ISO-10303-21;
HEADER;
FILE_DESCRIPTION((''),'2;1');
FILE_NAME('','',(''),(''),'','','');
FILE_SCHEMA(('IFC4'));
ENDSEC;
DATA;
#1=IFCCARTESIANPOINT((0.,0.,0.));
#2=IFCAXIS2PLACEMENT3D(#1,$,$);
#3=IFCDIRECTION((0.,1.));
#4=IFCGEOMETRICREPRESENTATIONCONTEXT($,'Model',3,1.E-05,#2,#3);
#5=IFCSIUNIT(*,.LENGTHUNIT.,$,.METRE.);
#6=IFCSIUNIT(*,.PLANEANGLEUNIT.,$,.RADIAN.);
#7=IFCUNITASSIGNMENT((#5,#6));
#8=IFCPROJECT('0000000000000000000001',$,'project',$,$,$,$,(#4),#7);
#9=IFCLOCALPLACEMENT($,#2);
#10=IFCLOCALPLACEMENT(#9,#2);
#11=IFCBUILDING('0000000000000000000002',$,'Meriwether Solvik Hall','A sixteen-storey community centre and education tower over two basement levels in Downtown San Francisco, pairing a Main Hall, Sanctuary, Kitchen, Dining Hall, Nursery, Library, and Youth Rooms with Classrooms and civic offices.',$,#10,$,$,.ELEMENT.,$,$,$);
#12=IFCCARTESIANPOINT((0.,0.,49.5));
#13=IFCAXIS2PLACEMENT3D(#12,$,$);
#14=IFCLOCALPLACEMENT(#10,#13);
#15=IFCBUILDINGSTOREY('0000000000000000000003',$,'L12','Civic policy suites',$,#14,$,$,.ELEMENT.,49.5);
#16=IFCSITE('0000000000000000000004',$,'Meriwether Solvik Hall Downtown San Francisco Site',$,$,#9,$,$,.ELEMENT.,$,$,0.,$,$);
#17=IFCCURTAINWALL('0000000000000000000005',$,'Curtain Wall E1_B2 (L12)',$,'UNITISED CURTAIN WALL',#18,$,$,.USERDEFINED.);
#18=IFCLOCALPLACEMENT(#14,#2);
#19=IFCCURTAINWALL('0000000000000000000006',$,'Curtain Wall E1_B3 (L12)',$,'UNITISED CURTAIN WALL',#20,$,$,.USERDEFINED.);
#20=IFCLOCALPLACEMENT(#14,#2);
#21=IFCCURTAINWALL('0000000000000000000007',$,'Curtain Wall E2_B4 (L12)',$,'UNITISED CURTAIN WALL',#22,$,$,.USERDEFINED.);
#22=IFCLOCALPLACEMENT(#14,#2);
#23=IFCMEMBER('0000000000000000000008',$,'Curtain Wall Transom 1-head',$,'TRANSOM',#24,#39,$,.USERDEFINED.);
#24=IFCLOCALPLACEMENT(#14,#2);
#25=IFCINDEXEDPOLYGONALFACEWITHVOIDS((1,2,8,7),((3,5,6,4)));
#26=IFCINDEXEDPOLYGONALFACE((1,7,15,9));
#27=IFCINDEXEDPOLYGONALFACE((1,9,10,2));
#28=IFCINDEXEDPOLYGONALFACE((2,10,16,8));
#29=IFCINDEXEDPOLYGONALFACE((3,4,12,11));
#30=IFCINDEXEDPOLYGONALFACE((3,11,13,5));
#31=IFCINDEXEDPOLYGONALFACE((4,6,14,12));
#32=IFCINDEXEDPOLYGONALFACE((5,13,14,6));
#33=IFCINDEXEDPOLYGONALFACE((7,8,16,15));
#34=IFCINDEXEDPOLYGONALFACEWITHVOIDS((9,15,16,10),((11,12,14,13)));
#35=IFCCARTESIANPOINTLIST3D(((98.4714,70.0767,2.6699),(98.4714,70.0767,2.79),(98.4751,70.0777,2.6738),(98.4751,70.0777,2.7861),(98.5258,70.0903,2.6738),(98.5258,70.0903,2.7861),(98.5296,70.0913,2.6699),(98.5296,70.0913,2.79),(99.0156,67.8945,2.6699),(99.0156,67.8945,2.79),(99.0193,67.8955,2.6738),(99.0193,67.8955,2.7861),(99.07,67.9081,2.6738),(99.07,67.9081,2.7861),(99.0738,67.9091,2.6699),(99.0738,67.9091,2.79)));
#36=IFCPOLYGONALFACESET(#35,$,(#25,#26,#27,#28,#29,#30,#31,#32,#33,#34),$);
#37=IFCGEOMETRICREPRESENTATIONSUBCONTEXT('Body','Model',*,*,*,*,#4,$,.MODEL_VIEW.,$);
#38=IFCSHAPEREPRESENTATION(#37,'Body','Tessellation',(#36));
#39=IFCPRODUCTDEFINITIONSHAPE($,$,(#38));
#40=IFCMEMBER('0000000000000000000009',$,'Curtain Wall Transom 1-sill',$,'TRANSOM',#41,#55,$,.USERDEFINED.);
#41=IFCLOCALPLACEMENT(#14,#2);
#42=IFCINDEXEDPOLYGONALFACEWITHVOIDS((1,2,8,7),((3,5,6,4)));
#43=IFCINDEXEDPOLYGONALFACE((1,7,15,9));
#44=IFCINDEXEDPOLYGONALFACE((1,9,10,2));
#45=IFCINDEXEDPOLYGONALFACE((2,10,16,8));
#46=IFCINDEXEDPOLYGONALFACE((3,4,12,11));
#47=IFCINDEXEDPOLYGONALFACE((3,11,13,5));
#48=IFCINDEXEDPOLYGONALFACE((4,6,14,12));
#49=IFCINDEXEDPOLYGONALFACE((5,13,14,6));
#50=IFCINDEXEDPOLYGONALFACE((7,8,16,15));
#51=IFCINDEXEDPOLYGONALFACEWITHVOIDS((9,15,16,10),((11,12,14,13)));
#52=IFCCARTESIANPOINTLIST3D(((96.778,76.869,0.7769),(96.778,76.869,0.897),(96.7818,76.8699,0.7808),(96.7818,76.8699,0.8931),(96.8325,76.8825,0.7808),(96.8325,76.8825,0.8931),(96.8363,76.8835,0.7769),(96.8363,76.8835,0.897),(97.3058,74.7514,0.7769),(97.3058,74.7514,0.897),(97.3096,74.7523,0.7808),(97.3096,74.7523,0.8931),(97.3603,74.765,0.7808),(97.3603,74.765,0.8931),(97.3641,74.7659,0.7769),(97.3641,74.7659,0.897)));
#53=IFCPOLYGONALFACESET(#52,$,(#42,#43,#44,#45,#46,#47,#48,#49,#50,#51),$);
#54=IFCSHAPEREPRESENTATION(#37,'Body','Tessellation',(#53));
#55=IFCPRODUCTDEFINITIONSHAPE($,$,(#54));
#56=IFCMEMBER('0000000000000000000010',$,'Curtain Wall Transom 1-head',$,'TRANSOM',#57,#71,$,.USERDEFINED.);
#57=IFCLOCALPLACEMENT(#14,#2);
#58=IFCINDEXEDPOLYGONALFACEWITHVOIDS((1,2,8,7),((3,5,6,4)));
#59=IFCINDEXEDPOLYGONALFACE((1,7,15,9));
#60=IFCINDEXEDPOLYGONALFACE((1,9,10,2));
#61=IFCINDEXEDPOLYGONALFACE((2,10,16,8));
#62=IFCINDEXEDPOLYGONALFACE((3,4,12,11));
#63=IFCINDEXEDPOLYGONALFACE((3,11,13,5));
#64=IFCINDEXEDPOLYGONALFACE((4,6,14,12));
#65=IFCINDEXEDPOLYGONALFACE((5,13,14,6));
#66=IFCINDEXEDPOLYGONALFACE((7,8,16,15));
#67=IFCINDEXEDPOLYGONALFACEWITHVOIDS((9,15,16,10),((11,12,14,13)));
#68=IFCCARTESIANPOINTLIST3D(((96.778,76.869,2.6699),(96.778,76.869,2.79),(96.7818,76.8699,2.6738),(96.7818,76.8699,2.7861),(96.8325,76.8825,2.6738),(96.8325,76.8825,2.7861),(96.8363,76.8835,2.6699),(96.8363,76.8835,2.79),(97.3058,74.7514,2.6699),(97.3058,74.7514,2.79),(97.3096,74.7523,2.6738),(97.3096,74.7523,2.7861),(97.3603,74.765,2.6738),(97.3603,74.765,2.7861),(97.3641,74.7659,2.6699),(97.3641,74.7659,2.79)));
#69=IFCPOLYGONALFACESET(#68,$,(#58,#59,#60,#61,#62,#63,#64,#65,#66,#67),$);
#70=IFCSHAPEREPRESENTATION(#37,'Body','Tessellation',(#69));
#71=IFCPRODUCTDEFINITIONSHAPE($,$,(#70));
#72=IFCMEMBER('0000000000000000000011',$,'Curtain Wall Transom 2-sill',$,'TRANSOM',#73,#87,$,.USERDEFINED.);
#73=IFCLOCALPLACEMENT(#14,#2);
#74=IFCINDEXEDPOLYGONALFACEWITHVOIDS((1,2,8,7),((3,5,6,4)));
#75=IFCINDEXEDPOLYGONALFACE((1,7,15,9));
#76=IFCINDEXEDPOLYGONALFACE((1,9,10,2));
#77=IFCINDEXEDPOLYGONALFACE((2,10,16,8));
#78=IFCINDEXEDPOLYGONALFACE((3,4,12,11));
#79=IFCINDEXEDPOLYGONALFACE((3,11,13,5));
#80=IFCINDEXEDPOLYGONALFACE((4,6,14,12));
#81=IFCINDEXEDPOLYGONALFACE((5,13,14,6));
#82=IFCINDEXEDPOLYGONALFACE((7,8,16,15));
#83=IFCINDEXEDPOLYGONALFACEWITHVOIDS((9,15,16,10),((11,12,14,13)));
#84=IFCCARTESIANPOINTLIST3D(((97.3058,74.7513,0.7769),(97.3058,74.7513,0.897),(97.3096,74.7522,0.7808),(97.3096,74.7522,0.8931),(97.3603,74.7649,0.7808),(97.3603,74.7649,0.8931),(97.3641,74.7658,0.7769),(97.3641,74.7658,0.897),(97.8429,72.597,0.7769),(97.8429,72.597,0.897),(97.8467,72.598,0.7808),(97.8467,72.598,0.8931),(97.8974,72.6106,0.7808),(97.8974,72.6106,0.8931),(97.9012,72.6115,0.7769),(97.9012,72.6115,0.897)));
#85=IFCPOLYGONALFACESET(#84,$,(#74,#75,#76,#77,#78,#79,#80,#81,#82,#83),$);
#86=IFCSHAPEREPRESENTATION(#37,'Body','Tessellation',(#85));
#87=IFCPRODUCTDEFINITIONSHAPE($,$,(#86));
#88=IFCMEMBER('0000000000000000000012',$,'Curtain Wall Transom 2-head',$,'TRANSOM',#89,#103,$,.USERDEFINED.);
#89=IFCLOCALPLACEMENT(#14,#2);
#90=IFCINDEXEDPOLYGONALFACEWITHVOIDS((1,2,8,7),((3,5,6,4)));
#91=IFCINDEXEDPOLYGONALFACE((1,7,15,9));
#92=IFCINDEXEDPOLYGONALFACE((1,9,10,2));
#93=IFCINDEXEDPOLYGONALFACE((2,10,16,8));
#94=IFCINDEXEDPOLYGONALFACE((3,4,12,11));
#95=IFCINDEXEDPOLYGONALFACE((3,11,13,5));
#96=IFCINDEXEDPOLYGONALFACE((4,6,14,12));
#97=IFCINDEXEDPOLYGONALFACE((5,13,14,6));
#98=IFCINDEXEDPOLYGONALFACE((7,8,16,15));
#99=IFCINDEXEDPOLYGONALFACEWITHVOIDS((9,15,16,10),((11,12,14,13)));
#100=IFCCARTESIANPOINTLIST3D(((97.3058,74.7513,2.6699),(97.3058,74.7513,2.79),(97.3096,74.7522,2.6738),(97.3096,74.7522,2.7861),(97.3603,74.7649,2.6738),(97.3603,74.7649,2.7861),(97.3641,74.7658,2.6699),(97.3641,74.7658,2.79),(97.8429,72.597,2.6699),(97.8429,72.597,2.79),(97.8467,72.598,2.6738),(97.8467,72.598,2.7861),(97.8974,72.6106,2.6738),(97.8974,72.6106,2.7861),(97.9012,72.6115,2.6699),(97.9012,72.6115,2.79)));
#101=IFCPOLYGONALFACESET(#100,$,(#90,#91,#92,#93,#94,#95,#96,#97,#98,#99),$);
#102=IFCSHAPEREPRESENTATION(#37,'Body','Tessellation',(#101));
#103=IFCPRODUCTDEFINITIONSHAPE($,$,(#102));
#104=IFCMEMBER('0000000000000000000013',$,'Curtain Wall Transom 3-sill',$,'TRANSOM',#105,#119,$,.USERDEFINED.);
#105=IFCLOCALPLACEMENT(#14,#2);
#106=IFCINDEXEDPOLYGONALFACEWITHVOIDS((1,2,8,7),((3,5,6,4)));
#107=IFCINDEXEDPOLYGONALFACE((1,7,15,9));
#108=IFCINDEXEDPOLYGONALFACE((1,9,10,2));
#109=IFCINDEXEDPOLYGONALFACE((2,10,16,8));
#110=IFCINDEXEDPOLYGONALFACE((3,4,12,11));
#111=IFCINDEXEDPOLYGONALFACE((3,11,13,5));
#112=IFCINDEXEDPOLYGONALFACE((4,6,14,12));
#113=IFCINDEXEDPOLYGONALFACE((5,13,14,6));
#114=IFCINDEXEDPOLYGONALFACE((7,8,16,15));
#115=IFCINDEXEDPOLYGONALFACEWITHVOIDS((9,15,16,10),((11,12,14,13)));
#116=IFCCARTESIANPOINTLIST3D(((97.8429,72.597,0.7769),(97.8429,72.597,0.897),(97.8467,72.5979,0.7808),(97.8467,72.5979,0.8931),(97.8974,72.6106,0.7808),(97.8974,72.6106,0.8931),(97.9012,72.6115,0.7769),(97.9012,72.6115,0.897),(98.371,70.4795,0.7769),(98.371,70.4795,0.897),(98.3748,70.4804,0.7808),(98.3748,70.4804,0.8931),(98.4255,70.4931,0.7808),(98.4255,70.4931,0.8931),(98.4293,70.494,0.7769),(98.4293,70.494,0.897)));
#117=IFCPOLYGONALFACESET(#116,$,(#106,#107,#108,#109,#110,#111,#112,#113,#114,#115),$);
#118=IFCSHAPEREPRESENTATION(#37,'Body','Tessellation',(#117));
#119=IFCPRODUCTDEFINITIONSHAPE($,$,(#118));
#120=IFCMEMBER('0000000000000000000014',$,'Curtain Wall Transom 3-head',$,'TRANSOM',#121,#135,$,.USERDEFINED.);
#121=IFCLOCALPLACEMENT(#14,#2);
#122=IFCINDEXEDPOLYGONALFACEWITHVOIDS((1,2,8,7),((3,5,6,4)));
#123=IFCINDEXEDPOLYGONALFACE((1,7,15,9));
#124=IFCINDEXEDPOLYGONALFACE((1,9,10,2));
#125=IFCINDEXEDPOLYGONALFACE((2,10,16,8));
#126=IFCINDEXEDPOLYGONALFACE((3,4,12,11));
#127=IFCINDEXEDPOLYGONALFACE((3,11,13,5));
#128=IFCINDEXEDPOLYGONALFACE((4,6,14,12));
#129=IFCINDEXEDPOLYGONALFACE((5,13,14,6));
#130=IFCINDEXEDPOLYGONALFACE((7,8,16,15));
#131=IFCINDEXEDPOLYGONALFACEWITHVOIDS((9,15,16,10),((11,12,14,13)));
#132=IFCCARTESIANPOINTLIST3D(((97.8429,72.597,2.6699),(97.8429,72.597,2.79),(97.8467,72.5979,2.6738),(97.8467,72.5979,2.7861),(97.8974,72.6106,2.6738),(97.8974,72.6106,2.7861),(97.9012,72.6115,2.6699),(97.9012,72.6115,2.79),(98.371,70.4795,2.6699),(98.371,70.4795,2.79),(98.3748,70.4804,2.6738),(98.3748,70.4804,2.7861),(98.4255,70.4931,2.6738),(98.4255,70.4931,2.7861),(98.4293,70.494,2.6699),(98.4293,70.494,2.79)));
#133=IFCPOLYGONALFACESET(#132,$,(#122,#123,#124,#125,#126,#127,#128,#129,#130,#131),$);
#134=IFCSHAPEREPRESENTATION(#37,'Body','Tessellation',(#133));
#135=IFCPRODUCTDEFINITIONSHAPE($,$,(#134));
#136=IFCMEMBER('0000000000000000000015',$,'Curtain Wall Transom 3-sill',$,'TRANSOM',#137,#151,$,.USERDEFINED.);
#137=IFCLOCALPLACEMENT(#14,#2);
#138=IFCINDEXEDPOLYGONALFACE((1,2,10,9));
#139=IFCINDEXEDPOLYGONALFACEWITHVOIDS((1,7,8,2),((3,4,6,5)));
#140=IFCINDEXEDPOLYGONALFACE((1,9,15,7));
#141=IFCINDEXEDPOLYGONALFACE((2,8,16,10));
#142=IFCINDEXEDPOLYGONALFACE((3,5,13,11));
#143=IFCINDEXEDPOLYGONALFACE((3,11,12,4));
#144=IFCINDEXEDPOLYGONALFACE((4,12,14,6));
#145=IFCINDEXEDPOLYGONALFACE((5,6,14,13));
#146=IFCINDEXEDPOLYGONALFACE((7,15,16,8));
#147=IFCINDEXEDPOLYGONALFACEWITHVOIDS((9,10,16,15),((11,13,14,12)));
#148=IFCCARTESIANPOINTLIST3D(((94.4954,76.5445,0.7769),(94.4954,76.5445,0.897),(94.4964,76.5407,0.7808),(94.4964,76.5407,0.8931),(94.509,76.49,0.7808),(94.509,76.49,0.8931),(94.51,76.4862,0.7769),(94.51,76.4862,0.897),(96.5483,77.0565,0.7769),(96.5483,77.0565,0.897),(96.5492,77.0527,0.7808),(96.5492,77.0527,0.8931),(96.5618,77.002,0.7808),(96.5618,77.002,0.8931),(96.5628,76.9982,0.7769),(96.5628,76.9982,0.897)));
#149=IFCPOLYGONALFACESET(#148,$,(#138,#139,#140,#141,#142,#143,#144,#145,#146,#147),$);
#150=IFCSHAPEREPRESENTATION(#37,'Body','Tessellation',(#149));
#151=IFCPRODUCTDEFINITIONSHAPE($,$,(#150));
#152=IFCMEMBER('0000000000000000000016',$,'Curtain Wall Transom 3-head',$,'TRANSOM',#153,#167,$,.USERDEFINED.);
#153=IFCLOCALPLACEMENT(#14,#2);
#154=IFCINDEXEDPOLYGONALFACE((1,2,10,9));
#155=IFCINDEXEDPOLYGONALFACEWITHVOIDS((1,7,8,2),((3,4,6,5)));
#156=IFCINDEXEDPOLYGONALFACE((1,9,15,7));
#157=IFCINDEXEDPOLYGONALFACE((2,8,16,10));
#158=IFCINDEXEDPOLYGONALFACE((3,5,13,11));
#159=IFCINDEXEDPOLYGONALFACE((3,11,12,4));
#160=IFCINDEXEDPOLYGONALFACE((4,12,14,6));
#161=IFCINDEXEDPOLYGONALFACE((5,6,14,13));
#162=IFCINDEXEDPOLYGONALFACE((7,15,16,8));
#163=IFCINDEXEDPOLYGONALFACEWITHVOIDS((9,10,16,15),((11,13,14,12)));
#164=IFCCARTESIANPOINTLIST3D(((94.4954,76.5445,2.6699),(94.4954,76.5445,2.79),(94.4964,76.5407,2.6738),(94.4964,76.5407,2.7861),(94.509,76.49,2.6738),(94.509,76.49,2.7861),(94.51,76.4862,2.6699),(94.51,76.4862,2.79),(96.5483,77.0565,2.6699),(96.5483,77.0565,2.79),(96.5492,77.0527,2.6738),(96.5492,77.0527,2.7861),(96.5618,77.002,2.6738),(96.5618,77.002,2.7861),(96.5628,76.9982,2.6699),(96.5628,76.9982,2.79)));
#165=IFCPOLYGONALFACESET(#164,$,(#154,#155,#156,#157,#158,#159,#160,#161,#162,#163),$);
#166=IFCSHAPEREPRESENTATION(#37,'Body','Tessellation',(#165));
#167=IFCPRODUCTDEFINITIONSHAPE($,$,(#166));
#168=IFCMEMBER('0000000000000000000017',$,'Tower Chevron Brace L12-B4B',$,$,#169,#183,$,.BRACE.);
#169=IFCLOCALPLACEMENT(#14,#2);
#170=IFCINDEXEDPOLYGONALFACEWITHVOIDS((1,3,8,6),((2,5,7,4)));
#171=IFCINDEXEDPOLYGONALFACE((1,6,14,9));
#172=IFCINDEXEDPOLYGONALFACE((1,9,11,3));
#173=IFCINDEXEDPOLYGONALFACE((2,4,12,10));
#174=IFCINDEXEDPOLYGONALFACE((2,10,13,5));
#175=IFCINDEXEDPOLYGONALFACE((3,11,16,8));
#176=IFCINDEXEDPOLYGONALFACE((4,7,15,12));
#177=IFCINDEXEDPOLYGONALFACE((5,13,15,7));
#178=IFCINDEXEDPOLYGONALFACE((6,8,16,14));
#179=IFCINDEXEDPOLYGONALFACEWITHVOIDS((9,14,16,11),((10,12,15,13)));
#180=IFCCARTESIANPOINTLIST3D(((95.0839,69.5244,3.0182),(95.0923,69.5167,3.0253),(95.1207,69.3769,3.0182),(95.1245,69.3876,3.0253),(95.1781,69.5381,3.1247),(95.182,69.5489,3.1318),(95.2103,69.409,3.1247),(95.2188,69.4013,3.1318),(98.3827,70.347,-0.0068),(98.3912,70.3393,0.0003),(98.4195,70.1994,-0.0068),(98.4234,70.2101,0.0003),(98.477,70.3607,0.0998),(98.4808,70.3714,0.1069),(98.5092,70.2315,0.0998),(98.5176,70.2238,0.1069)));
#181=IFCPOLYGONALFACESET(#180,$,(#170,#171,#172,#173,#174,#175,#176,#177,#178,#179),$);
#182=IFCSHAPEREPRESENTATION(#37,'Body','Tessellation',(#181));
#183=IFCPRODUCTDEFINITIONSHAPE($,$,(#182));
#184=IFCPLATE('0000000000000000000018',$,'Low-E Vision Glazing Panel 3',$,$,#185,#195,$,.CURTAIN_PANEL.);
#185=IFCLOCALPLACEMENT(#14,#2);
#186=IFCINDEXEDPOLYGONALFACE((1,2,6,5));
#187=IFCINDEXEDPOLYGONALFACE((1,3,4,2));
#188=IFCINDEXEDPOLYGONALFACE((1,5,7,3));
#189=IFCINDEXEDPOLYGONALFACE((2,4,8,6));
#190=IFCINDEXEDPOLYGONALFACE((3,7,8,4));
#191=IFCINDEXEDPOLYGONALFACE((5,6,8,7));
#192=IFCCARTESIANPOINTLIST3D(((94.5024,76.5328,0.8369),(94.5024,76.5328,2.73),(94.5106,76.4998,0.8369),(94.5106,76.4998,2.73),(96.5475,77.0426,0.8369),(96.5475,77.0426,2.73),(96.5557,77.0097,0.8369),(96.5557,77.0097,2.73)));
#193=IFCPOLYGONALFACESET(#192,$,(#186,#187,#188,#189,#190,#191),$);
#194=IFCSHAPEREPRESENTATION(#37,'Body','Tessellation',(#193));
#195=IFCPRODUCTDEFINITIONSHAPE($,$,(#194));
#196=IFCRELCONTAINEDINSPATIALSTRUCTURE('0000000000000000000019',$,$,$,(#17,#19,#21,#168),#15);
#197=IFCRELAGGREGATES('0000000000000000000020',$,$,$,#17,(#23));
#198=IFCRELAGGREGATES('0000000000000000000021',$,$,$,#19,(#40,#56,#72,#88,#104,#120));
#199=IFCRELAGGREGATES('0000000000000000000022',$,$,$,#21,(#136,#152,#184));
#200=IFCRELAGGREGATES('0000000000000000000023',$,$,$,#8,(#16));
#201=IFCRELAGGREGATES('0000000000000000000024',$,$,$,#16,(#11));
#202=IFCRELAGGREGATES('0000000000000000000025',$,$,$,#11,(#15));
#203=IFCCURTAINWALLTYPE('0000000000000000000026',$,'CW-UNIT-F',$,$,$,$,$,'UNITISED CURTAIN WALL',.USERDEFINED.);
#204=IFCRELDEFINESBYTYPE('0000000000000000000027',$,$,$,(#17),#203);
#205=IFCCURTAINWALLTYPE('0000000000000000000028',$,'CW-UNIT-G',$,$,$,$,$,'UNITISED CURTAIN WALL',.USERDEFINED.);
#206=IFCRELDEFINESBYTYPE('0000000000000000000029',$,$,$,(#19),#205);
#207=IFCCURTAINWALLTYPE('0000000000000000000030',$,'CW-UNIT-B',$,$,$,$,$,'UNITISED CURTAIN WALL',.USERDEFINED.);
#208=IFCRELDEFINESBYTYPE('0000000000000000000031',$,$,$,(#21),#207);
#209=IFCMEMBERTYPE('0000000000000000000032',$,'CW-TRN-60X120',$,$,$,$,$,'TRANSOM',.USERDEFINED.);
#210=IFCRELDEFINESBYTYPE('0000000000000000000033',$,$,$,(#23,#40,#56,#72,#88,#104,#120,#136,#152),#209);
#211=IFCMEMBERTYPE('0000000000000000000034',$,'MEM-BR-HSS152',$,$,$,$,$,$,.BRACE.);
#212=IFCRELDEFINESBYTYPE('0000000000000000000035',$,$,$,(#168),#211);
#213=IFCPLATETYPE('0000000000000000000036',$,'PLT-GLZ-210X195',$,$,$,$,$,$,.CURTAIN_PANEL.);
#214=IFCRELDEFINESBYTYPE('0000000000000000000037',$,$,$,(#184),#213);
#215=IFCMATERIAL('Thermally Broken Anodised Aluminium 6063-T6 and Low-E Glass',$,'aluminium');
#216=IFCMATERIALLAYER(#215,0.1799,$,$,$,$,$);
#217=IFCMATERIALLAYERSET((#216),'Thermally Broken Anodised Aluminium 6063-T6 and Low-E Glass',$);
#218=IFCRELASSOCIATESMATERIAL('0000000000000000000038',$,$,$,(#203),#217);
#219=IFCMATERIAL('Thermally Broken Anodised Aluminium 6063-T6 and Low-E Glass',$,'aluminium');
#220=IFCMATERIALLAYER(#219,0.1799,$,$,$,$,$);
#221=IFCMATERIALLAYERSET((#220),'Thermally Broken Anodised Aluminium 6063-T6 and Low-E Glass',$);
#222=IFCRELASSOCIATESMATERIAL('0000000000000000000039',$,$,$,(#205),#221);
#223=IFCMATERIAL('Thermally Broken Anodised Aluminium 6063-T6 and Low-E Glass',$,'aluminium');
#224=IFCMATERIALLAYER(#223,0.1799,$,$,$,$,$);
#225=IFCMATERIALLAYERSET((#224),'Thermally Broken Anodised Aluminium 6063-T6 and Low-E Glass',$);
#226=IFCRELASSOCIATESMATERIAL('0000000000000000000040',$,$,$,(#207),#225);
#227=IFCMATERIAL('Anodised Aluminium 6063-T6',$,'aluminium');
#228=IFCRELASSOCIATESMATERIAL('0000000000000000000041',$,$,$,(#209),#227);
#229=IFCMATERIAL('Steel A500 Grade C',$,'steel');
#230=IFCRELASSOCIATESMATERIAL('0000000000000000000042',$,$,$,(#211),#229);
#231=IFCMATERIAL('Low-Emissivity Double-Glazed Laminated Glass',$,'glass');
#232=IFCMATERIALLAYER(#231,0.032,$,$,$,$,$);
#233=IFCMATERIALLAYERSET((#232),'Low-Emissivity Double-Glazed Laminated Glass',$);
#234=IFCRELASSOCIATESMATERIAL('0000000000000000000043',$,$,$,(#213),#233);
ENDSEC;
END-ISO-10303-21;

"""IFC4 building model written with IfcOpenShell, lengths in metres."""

from ifc_helpers import new_model, si_unit, direction, frame, origin, origin_2d, place, context, subcontext, project, spatial, rectangle, hollow_rectangle, extrude, material, layer, layer_set, material_profile, profile_set, type_object, element, aggregate, save


model = new_model("IFC4")

# Units and contexts
model_context = context("Model", 3, precision=1e-05, world=origin(), true_north=direction((0.0, 1.0)))
body_context = subcontext(model_context, "Body", "Model", "MODEL_VIEW")
ifc_project = project(units=[si_unit("LENGTHUNIT", "METRE"), si_unit("PLANEANGLEUNIT", "RADIAN")], contexts=[model_context])

# Site, building, storey
site_placement = place(None, origin())
site = spatial("IfcSite", under=ifc_project, at=site_placement, Name="Meriwether Solvik Hall Downtown San Francisco Site", CompositionType="ELEMENT", RefElevation=0.0)
building_placement = place(site_placement, origin())
building = spatial("IfcBuilding", under=site, at=building_placement, Name="Meriwether Solvik Hall", Description="A sixteen-storey community centre and education tower over two basement levels in Downtown San Francisco, pairing a Main Hall, Sanctuary, Kitchen, Dining Hall, Nursery, Library, and Youth Rooms with Classrooms and civic offices.", CompositionType="ELEMENT")
storey_placement = place(building_placement, frame((0.0, 0.0, 49.5)))
storey = spatial("IfcBuildingStorey", under=building, at=storey_placement, Name="L12", Description="Civic policy suites", CompositionType="ELEMENT", Elevation=49.5)

# Curtain wall
ifc_material_1 = material(Name="Thermally Broken Anodised Aluminium 6063-T6 and Low-E Glass", Category="aluminium")
ifc_layer_1 = layer(ifc_material_1, 0.1799)
ifc_layer_set_1 = layer_set([ifc_layer_1], Name="Thermally Broken Anodised Aluminium 6063-T6 and Low-E Glass")
curtain_wall_type_1 = type_object("IfcCurtainWallType", Name="CW-UNIT-F", ElementType="UNITISED CURTAIN WALL", PredefinedType="USERDEFINED", material=ifc_layer_set_1)
curtain_wall_1_placement = place(storey_placement, origin())
curtain_wall_1 = element("IfcCurtainWall", 1, at=curtain_wall_1_placement, inside=storey, type_object=curtain_wall_type_1, Name="Curtain Wall E1_B2 (L12)", ObjectType="UNITISED CURTAIN WALL", PredefinedType="USERDEFINED")

# Curtain walls
ifc_material_2 = material(Name="Thermally Broken Anodised Aluminium 6063-T6 and Low-E Glass", Category="aluminium")
ifc_layer_2 = layer(ifc_material_2, 0.1799)
ifc_layer_set_2 = layer_set([ifc_layer_2], Name="Thermally Broken Anodised Aluminium 6063-T6 and Low-E Glass")
curtain_wall_type_2 = type_object("IfcCurtainWallType", Name="CW-UNIT-G", ElementType="UNITISED CURTAIN WALL", PredefinedType="USERDEFINED", material=ifc_layer_set_2)
curtain_wall_2_placement = place(storey_placement, origin())
curtain_wall_2 = element("IfcCurtainWall", 2, at=curtain_wall_2_placement, inside=storey, type_object=curtain_wall_type_2, Name="Curtain Wall E1_B3 (L12)", ObjectType="UNITISED CURTAIN WALL", PredefinedType="USERDEFINED")
ifc_material_3 = material(Name="Thermally Broken Anodised Aluminium 6063-T6 and Low-E Glass", Category="aluminium")
ifc_layer_3 = layer(ifc_material_3, 0.1799)
ifc_layer_set_3 = layer_set([ifc_layer_3], Name="Thermally Broken Anodised Aluminium 6063-T6 and Low-E Glass")
curtain_wall_type_3 = type_object("IfcCurtainWallType", Name="CW-UNIT-B", ElementType="UNITISED CURTAIN WALL", PredefinedType="USERDEFINED", material=ifc_layer_set_3)
curtain_wall_3_placement = place(storey_placement, origin())
curtain_wall_3 = element("IfcCurtainWall", 3, at=curtain_wall_3_placement, inside=storey, type_object=curtain_wall_type_3, Name="Curtain Wall E2_B4 (L12)", ObjectType="UNITISED CURTAIN WALL", PredefinedType="USERDEFINED")

# Members
ifc_material_4 = material(Name="Anodised Aluminium 6063-T6", Category="aluminium")
ifc_material_profile_1 = material_profile(ifc_material_4, hollow_rectangle(XDim=0.0601, YDim=0.1201, WallThickness=0.0039, at=origin_2d()), Name="CWT-60X120")
ifc_profile_set_1 = profile_set([ifc_material_profile_1], Name="Anodised Aluminium 6063-T6")
member_type_1 = type_object("IfcMemberType", Name="CW-TRN-60X120", ElementType="TRANSOM", PredefinedType="USERDEFINED", material=ifc_profile_set_1)
member_1_placement = place(storey_placement, frame((98.5005, 70.084, 2.73), z_axis=(0.241974, -0.970283, 0.0), x_axis=(0.970283, 0.241974, 0.0)))
member_1 = element("IfcMember", 4, at=member_1_placement, type_object=member_type_1, Name="Curtain Wall Transom 1-head", ObjectType="TRANSOM", PredefinedType="USERDEFINED", context=body_context, shape_type="SweptSolid", body=[
    extrude(hollow_rectangle(XDim=0.0601, YDim=0.1201, WallThickness=0.0039, at=origin_2d()), origin(), (0.0, 0.0, 1.0), 2.249),
])
aggregate(curtain_wall_1, [member_1])
member_2_placement = place(storey_placement, frame((96.8071, 76.8762, 0.8369), z_axis=(0.241851, -0.970313, 0.0), x_axis=(0.970313, 0.241851, 0.0)))
member_2 = element("IfcMember", 5, at=member_2_placement, type_object=member_type_1, Name="Curtain Wall Transom 1-sill", ObjectType="TRANSOM", PredefinedType="USERDEFINED", context=body_context, shape_type="SweptSolid", body=[
    extrude(hollow_rectangle(XDim=0.0601, YDim=0.1201, WallThickness=0.0039, at=origin_2d()), origin(), (0.0, 0.0, 1.0), 2.1824),
])
member_3_placement = place(storey_placement, frame((96.8071, 76.8762, 2.73), z_axis=(0.241851, -0.970313, 0.0), x_axis=(0.970313, 0.241851, 0.0)))
member_3 = element("IfcMember", 6, at=member_3_placement, type_object=member_type_1, Name="Curtain Wall Transom 1-head", ObjectType="TRANSOM", PredefinedType="USERDEFINED", context=body_context, shape_type="SweptSolid", body=[
    extrude(hollow_rectangle(XDim=0.0601, YDim=0.1201, WallThickness=0.0039, at=origin_2d()), origin(), (0.0, 0.0, 1.0), 2.1824),
])
member_4_placement = place(storey_placement, frame((97.335, 74.7585, 0.8369), z_axis=(0.241915, -0.970298, 0.0), x_axis=(0.970298, 0.241915, 0.0)))
member_4 = element("IfcMember", 7, at=member_4_placement, type_object=member_type_1, Name="Curtain Wall Transom 2-sill", ObjectType="TRANSOM", PredefinedType="USERDEFINED", context=body_context, shape_type="SweptSolid", body=[
    extrude(hollow_rectangle(XDim=0.0601, YDim=0.1201, WallThickness=0.0039, at=origin_2d()), origin(), (0.0, 0.0, 1.0), 2.2202),
])
member_5_placement = place(storey_placement, frame((97.335, 74.7585, 2.73), z_axis=(0.241915, -0.970298, 0.0), x_axis=(0.970298, 0.241915, 0.0)))
member_5 = element("IfcMember", 8, at=member_5_placement, type_object=member_type_1, Name="Curtain Wall Transom 2-head", ObjectType="TRANSOM", PredefinedType="USERDEFINED", context=body_context, shape_type="SweptSolid", body=[
    extrude(hollow_rectangle(XDim=0.0601, YDim=0.1201, WallThickness=0.0039, at=origin_2d()), origin(), (0.0, 0.0, 1.0), 2.2202),
])
member_6_placement = place(storey_placement, frame((97.8721, 72.6042, 0.8369), z_axis=(0.241983, -0.970281, 0.0), x_axis=(0.970281, 0.241983, 0.0)))
member_6 = element("IfcMember", 9, at=member_6_placement, type_object=member_type_1, Name="Curtain Wall Transom 3-sill", ObjectType="TRANSOM", PredefinedType="USERDEFINED", context=body_context, shape_type="SweptSolid", body=[
    extrude(hollow_rectangle(XDim=0.0601, YDim=0.1201, WallThickness=0.0039, at=origin_2d()), origin(), (0.0, 0.0, 1.0), 2.1824),
])
member_7_placement = place(storey_placement, frame((97.8721, 72.6042, 2.73), z_axis=(0.241983, -0.970281, 0.0), x_axis=(0.970281, 0.241983, 0.0)))
member_7 = element("IfcMember", 10, at=member_7_placement, type_object=member_type_1, Name="Curtain Wall Transom 3-head", ObjectType="TRANSOM", PredefinedType="USERDEFINED", context=body_context, shape_type="SweptSolid", body=[
    extrude(hollow_rectangle(XDim=0.0601, YDim=0.1201, WallThickness=0.0039, at=origin_2d()), origin(), (0.0, 0.0, 1.0), 2.1824),
])
member_8_placement = place(storey_placement, frame((94.5027, 76.5154, 0.8369), z_axis=(0.970278, 0.241993, 0.0), x_axis=(-0.241993, 0.970278, 0.0)))
member_8 = element("IfcMember", 11, at=member_8_placement, type_object=member_type_1, Name="Curtain Wall Transom 3-sill", ObjectType="TRANSOM", PredefinedType="USERDEFINED", context=body_context, shape_type="SweptSolid", body=[
    extrude(hollow_rectangle(XDim=0.0601, YDim=0.1201, WallThickness=0.0039, at=origin_2d()), origin(), (0.0, 0.0, 1.0), 2.1157),
])
member_9_placement = place(storey_placement, frame((94.5027, 76.5154, 2.73), z_axis=(0.970278, 0.241993, 0.0), x_axis=(-0.241993, 0.970278, 0.0)))
member_9 = element("IfcMember", 12, at=member_9_placement, type_object=member_type_1, Name="Curtain Wall Transom 3-head", ObjectType="TRANSOM", PredefinedType="USERDEFINED", context=body_context, shape_type="SweptSolid", body=[
    extrude(hollow_rectangle(XDim=0.0601, YDim=0.1201, WallThickness=0.0039, at=origin_2d()), origin(), (0.0, 0.0, 1.0), 2.1157),
])
ifc_material_5 = material(Name="Steel A500 Grade C", Category="steel")
ifc_material_profile_2 = material_profile(ifc_material_5, hollow_rectangle(XDim=0.1521, YDim=0.1521, WallThickness=0.0095, at=origin_2d()), Name="HSS152X152X9.5")
ifc_profile_set_2 = profile_set([ifc_material_profile_2], Name="Steel A500 Grade C")
member_type_2 = type_object("IfcMemberType", Name="MEM-BR-HSS152", PredefinedType="BRACE", material=ifc_profile_set_2)
member_10_placement = place(storey_placement, frame((98.4502, 70.2854, 0.05), z_axis=(-0.724906, -0.180744, 0.664712), x_axis=(0.241927, -0.970294, 0.0)))
element("IfcMember", 13, at=member_10_placement, inside=storey, type_object=member_type_2, Name="Tower Chevron Brace L12-B4B", PredefinedType="BRACE", context=body_context, shape_type="SweptSolid", body=[
    extrude(hollow_rectangle(XDim=0.1521, YDim=0.1521, WallThickness=0.0095, at=origin_2d()), origin(), (0.0, 0.0, 1.0), 4.5508),
])

# Plate
ifc_material_6 = material(Name="Low-Emissivity Double-Glazed Laminated Glass", Category="glass")
ifc_layer_4 = layer(ifc_material_6, 0.032)
ifc_layer_set_4 = layer_set([ifc_layer_4], Name="Low-Emissivity Double-Glazed Laminated Glass")
plate_type_1 = type_object("IfcPlateType", Name="PLT-GLZ-210X195", PredefinedType="CURTAIN_PANEL", material=ifc_layer_set_4)
plate_1_placement = place(storey_placement, frame((95.5291, 76.7712, 0.8369), z_axis=(0.0, 0.0, 1.0), x_axis=(0.970296, 0.241922, 0.0)))
plate_1 = element("IfcPlate", 14, at=plate_1_placement, type_object=plate_type_1, Name="Low-E Vision Glazing Panel 3", PredefinedType="CURTAIN_PANEL", context=body_context, shape_type="SweptSolid", body=[
    extrude(rectangle(XDim=2.1077, YDim=0.0339, at=origin_2d()), origin(), (0.0, 0.0, 1.0), 1.8931),
])
aggregate(curtain_wall_2, [member_2, member_3, member_4, member_5, member_6, member_7])
aggregate(curtain_wall_3, [member_8, member_9, plate_1])

save(model, "model.ifc")
